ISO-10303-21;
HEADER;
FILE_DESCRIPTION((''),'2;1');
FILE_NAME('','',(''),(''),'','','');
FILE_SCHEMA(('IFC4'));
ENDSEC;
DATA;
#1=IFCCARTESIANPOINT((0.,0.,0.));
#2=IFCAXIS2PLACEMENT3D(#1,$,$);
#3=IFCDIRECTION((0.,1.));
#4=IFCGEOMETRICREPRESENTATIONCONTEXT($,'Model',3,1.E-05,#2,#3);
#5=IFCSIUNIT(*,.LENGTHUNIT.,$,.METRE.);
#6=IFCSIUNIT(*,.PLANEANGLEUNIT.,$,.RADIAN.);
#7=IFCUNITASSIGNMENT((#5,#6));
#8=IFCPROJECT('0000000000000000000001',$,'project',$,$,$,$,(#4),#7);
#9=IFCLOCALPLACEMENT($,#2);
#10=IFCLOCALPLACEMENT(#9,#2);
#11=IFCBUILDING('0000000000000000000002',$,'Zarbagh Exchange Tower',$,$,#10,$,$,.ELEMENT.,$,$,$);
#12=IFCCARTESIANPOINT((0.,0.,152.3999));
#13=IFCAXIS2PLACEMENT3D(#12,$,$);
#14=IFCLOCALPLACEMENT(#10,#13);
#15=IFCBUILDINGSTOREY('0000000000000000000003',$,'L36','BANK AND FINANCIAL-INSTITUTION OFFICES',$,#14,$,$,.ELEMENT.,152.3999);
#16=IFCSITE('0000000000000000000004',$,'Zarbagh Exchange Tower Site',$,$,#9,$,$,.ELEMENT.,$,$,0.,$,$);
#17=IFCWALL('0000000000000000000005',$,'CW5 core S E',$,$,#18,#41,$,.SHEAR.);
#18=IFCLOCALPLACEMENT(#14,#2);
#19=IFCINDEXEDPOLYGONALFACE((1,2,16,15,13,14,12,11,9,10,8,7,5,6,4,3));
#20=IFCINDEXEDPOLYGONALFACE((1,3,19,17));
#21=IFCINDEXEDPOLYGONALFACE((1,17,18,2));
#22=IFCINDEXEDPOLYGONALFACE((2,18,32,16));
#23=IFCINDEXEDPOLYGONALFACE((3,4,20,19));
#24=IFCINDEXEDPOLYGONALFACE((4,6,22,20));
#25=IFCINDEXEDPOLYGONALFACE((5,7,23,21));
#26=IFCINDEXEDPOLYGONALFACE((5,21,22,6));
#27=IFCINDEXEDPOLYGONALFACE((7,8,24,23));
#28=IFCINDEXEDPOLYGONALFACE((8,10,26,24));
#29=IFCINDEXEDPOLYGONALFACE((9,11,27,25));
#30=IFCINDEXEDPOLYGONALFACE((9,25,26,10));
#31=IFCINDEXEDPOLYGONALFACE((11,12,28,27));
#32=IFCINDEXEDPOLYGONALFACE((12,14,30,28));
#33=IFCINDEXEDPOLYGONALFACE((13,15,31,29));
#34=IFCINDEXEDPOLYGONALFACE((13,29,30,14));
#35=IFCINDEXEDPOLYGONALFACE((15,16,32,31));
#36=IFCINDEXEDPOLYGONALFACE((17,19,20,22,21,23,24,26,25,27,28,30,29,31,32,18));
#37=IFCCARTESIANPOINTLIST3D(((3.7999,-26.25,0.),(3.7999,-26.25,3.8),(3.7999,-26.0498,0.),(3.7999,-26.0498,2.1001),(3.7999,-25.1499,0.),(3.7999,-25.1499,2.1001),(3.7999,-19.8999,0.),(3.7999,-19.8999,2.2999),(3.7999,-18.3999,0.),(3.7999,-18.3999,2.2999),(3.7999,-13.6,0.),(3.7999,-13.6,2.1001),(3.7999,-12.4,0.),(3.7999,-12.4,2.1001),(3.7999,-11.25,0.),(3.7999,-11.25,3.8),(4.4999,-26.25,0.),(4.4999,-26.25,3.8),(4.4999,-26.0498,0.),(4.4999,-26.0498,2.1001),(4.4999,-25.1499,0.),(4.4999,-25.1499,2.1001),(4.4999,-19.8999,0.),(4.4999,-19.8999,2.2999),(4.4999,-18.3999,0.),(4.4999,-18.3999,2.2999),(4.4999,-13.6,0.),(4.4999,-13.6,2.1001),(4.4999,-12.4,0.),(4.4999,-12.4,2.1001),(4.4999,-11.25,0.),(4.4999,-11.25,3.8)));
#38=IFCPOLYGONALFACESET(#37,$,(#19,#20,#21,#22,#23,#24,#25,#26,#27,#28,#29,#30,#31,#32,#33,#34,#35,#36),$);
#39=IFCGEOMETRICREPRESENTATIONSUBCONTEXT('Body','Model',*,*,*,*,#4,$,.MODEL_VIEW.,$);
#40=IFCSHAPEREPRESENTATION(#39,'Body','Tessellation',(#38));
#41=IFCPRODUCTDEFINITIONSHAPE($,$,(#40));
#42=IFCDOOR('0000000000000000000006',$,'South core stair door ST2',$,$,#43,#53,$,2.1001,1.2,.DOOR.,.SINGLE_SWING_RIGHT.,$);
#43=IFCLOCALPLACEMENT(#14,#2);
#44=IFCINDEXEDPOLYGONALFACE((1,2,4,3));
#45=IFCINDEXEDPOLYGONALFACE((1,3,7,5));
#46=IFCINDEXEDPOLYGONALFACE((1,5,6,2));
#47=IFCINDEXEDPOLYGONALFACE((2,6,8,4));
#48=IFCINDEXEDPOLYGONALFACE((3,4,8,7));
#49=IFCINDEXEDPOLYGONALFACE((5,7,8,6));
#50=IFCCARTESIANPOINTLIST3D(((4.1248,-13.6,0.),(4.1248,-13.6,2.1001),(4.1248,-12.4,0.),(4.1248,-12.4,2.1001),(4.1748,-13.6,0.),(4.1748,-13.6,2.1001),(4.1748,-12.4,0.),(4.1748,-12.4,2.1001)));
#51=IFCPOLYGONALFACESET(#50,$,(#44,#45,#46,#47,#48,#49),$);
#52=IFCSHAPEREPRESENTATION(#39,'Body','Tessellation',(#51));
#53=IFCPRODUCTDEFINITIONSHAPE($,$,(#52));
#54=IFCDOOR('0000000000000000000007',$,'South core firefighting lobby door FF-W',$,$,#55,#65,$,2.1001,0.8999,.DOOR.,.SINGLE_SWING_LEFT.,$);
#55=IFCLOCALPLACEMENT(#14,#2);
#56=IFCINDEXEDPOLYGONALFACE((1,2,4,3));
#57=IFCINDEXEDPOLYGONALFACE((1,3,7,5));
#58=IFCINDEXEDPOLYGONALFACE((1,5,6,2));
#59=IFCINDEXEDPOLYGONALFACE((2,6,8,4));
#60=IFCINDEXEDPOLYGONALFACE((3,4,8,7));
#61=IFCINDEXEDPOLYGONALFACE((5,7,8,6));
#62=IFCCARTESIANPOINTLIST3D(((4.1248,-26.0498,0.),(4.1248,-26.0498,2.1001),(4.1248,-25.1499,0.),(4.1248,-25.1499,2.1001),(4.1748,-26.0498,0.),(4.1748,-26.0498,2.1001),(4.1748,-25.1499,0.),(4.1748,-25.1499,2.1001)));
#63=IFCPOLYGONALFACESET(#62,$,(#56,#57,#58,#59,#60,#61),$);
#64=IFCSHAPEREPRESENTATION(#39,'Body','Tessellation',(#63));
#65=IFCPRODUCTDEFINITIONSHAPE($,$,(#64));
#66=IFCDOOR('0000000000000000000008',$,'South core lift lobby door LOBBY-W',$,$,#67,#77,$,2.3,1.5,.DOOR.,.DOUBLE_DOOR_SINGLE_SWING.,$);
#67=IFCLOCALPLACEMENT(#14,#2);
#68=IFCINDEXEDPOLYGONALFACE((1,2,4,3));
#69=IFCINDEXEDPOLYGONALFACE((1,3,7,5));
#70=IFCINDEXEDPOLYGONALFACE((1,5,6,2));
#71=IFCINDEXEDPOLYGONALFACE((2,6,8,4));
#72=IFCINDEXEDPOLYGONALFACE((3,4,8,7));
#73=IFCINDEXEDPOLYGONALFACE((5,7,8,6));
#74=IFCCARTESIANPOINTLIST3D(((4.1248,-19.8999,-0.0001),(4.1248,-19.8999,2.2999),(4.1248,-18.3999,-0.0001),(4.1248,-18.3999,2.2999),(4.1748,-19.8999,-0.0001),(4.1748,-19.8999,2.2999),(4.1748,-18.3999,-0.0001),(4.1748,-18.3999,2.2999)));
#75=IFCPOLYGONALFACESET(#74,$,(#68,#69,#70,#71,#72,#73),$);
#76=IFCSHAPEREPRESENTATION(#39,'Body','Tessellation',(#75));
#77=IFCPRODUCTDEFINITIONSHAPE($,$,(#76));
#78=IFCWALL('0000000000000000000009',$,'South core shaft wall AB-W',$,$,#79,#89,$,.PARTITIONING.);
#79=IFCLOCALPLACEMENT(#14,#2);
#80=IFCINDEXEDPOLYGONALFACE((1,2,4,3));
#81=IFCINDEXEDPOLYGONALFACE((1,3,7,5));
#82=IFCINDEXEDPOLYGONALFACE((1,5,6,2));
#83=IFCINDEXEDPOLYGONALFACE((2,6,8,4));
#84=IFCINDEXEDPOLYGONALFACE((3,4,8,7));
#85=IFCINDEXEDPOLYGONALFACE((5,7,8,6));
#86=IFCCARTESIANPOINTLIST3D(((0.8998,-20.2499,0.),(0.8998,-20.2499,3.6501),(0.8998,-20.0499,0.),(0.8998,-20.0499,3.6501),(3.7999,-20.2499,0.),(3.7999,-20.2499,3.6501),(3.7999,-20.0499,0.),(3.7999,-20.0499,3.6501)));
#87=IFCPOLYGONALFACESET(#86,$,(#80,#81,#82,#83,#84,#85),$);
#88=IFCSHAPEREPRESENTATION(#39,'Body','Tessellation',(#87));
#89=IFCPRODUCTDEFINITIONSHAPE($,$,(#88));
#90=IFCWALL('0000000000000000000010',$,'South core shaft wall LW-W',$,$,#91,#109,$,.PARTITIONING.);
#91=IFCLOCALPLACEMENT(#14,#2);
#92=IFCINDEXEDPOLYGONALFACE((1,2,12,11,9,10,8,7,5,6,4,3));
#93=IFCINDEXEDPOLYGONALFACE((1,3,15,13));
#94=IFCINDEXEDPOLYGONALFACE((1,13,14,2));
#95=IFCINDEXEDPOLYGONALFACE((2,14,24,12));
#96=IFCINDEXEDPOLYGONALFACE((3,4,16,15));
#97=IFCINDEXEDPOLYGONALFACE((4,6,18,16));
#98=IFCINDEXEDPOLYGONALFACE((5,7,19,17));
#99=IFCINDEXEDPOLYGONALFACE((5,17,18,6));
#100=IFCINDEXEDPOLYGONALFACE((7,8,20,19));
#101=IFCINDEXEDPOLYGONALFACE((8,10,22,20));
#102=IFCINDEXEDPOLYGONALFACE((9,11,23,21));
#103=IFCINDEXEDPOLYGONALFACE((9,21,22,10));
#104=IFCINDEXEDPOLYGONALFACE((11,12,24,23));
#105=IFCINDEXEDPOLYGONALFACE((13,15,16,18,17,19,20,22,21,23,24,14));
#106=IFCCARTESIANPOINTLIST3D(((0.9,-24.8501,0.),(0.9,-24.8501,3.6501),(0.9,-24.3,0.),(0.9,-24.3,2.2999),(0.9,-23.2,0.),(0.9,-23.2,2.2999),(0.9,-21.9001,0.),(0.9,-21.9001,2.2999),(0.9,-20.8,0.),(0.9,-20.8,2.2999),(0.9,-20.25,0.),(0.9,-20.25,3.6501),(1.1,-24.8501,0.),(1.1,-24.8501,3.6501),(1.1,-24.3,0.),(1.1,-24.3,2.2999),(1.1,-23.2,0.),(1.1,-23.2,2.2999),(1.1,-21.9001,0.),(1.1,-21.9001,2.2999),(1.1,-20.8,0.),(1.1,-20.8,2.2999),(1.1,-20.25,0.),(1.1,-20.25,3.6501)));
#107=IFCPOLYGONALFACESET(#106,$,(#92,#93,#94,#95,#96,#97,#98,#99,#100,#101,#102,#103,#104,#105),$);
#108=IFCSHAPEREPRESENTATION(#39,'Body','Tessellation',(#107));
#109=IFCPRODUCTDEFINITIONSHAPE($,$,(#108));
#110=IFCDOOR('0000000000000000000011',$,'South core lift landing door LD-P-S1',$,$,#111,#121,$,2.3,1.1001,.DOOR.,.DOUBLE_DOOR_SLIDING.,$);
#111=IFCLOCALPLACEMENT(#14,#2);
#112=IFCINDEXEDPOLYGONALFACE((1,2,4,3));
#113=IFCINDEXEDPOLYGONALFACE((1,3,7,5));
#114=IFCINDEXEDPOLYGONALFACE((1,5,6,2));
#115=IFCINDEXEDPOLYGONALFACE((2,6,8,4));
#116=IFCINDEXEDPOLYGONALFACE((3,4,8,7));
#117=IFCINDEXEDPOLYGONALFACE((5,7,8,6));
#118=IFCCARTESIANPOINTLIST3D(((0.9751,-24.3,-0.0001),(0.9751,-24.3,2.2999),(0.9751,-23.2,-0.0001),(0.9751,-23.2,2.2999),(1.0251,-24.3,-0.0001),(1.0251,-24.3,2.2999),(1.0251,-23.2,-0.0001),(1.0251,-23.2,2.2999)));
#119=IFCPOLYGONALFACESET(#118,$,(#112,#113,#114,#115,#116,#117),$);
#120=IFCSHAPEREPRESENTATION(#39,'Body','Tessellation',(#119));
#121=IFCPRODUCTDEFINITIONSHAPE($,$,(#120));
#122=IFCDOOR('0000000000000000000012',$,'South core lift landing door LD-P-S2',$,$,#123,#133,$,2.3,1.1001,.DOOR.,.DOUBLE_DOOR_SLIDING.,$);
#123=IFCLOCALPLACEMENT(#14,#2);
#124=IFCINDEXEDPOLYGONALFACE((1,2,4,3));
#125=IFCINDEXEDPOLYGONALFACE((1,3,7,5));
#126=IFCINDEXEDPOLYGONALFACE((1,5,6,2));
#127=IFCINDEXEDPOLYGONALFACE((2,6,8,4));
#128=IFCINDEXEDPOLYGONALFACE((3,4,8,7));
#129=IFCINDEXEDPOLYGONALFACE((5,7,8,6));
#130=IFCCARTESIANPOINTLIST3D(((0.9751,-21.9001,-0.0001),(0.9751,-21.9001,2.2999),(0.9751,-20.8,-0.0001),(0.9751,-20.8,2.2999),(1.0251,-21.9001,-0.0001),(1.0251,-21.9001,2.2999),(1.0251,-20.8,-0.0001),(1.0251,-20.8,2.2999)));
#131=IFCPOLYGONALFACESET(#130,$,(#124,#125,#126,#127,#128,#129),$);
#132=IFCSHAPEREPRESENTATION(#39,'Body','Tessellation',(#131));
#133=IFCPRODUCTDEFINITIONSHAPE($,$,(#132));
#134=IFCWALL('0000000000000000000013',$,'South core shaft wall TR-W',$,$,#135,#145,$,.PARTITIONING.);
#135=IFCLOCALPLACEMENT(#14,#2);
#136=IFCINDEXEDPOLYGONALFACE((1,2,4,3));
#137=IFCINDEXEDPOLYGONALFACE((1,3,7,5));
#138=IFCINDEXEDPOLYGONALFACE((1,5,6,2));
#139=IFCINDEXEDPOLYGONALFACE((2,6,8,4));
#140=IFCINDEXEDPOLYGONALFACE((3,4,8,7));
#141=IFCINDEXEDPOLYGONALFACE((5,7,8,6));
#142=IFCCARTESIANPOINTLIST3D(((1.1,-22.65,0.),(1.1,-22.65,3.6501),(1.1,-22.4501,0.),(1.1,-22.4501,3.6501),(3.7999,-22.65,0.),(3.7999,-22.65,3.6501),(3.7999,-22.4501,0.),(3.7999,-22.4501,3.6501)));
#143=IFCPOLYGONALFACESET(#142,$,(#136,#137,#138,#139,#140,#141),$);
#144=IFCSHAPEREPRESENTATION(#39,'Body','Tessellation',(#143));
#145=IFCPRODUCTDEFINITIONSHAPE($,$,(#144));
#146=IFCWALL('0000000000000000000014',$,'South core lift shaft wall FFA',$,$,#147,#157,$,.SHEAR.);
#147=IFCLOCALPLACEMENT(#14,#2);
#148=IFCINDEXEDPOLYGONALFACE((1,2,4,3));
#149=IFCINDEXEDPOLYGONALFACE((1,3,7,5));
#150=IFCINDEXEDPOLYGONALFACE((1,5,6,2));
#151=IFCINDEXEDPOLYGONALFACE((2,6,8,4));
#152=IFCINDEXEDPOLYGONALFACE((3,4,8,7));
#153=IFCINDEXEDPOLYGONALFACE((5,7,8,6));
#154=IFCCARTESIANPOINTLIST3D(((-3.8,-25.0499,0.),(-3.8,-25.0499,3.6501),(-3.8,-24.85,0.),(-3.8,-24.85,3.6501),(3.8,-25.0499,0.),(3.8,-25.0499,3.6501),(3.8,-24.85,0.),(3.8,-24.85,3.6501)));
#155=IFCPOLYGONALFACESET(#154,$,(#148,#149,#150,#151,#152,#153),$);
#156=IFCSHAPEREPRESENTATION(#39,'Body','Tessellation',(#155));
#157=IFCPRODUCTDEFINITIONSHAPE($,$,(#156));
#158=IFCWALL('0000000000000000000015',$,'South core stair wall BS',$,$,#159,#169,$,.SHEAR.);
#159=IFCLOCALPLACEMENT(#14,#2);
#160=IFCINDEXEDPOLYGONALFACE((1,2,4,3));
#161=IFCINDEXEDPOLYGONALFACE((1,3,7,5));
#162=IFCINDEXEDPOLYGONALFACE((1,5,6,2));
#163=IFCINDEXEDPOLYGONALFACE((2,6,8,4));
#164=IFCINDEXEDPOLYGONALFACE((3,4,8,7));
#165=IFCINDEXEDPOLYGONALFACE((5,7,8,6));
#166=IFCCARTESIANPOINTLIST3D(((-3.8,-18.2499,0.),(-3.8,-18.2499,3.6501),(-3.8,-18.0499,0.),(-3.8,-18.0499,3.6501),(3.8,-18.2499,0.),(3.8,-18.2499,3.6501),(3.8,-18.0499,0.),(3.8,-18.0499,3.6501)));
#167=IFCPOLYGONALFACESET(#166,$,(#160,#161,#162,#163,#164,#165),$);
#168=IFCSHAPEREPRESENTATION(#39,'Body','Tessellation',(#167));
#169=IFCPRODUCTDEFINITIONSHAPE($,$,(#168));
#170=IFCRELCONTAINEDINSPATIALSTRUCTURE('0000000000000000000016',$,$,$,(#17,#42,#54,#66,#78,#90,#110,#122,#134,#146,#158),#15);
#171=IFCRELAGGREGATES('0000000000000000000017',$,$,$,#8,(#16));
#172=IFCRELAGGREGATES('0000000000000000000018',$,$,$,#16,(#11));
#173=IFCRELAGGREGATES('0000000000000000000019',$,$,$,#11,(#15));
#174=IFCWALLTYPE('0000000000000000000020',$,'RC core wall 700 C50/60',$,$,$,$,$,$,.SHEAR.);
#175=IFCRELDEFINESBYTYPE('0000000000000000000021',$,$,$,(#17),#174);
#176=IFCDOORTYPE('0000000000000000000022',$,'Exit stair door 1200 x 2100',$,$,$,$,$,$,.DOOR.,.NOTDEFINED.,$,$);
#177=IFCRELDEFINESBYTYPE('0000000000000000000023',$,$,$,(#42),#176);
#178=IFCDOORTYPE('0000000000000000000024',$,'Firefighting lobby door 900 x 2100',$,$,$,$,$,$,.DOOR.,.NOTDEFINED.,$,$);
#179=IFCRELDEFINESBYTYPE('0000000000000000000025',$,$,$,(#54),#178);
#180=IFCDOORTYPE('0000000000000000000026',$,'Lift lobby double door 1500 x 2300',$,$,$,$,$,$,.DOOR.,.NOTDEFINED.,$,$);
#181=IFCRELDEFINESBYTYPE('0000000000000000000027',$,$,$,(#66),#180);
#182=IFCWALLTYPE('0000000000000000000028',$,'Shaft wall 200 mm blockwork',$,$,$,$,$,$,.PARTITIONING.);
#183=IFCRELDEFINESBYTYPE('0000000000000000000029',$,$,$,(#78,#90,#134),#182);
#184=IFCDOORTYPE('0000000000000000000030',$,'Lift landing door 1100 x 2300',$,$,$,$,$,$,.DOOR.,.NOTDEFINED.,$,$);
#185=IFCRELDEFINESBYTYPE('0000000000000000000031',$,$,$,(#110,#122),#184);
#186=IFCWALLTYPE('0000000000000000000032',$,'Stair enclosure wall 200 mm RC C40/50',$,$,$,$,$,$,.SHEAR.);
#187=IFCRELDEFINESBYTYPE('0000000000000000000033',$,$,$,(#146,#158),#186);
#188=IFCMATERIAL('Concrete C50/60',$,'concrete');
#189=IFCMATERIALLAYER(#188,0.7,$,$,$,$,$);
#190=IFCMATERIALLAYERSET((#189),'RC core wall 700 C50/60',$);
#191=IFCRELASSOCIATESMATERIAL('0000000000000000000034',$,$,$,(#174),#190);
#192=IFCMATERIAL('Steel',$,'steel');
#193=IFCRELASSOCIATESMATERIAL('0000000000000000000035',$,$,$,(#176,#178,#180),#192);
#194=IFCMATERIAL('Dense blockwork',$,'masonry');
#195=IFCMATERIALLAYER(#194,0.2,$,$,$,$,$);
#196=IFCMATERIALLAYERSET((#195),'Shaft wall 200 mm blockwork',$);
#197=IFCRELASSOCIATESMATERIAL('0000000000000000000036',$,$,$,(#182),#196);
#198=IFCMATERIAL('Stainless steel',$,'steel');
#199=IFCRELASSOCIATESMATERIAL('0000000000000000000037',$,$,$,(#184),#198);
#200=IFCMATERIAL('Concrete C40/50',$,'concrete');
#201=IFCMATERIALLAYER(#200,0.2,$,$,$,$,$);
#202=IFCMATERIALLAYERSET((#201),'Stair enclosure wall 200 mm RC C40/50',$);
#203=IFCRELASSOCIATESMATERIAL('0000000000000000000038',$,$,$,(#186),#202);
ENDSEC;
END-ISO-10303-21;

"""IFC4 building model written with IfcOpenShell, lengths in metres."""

from ifc_helpers import new_model, si_unit, direction, frame, frame_2d, origin, place, context, subcontext, project, spatial, rectangle, extrude, material, layer, layer_set, type_object, element, fill, save


model = new_model("IFC4")

# Units and contexts
model_context = context("Model", 3, precision=1e-05, world=origin(), true_north=direction((0.0, 1.0)))
body_context = subcontext(model_context, "Body", "Model", "MODEL_VIEW")
ifc_project = project(units=[si_unit("LENGTHUNIT", "METRE"), si_unit("PLANEANGLEUNIT", "RADIAN")], contexts=[model_context])

# Site, building, storey
site_placement = place(None, origin())
site = spatial("IfcSite", under=ifc_project, at=site_placement, Name="Zarbagh Exchange Tower Site", CompositionType="ELEMENT", RefElevation=0.0)
building_placement = place(site_placement, origin())
building = spatial("IfcBuilding", under=site, at=building_placement, Name="Zarbagh Exchange Tower", CompositionType="ELEMENT")
storey_placement = place(building_placement, frame((0.0, 0.0, 152.3999)))
storey = spatial("IfcBuildingStorey", under=building, at=storey_placement, Name="L36", Description="BANK AND FINANCIAL-INSTITUTION OFFICES", CompositionType="ELEMENT", Elevation=152.3999)

# Shared definitions
ifc_material_1 = material(Name="Concrete C50/60", Category="concrete")

# Wall, openings, doors
ifc_layer_1 = layer(ifc_material_1, 0.7)
ifc_layer_set_1 = layer_set([ifc_layer_1], Name="RC core wall 700 C50/60")
wall_type_1 = type_object("IfcWallType", Name="RC core wall 700 C50/60", PredefinedType="SHEAR", material=ifc_layer_set_1)
wall_1_placement = place(storey_placement, frame((4.1499, -11.25, 0.0), z_axis=(0.0, 0.0, 1.0), x_axis=(0.0, -1.0, 0.0)))
wall_1 = element("IfcWall", 1, at=wall_1_placement, inside=storey, type_object=wall_type_1, Name="CW5 core S E", PredefinedType="SHEAR", context=body_context, shape_type="SweptSolid", body=[
    extrude(rectangle(XDim=15.0, YDim=0.7, at=frame_2d((7.5, 0.0))), origin(), (0.0, 0.0, 1.0), 3.8),
])
opening_1_placement = place(wall_1_placement, frame((7.1499, 0.0, 0.0)))
opening_1 = element("IfcOpeningElement", 2, at=opening_1_placement, cuts=wall_1, PredefinedType="OPENING", context=body_context, shape_type="SweptSolid", body=[
    extrude(rectangle(XDim=1.5, YDim=2.3, at=frame_2d((0.75, 1.1499))), frame((0.0, 0.3599, 0.0), z_axis=(0.0, -1.0, 0.0), x_axis=(1.0, 0.0, 0.0)), (0.0, 0.0, 1.0), 0.72),
])
opening_2_placement = place(wall_1_placement, frame((13.8999, 0.0, 0.0)))
opening_2 = element("IfcOpeningElement", 3, at=opening_2_placement, cuts=wall_1, PredefinedType="OPENING", context=body_context, shape_type="SweptSolid", body=[
    extrude(rectangle(XDim=0.8999, YDim=2.1001, at=frame_2d((0.45, 1.05))), frame((0.0, 0.3599, 0.0), z_axis=(0.0, -1.0, 0.0), x_axis=(1.0, 0.0, 0.0)), (0.0, 0.0, 1.0), 0.72),
])
opening_3_placement = place(wall_1_placement, frame((1.1499, 0.0, 0.0)))
opening_3 = element("IfcOpeningElement", 4, at=opening_3_placement, cuts=wall_1, PredefinedType="OPENING", context=body_context, shape_type="SweptSolid", body=[
    extrude(rectangle(XDim=1.2, YDim=2.1001, at=frame_2d((0.6001, 1.05))), frame((0.0, 0.3599, 0.0), z_axis=(0.0, -1.0, 0.0), x_axis=(1.0, 0.0, 0.0)), (0.0, 0.0, 1.0), 0.72),
])
ifc_material_2 = material(Name="Steel", Category="steel")
door_type_1 = type_object("IfcDoorType", Name="Exit stair door 1200 x 2100", OperationType="NOTDEFINED", PredefinedType="DOOR", material=ifc_material_2)
door_1_placement = place(opening_3_placement, origin())
door_1 = element("IfcDoor", 5, at=door_1_placement, inside=storey, type_object=door_type_1, Name="South core stair door ST2", OperationType="SINGLE_SWING_RIGHT", OverallHeight=2.1001, OverallWidth=1.2, PredefinedType="DOOR", context=body_context, shape_type="SweptSolid", body=[
    extrude(rectangle(XDim=1.2, YDim=2.1001, at=frame_2d((0.6001, 1.05))), frame((0.0, 0.0249, 0.0), z_axis=(0.0, -1.0, 0.0), x_axis=(1.0, 0.0, 0.0)), (0.0, 0.0, 1.0), 0.05),
])
fill(opening_3, door_1)
door_type_2 = type_object("IfcDoorType", Name="Firefighting lobby door 900 x 2100", OperationType="NOTDEFINED", PredefinedType="DOOR", material=ifc_material_2)
door_2_placement = place(opening_2_placement, origin())
door_2 = element("IfcDoor", 6, at=door_2_placement, inside=storey, type_object=door_type_2, Name="South core firefighting lobby door FF-W", OperationType="SINGLE_SWING_LEFT", OverallHeight=2.1001, OverallWidth=0.8999, PredefinedType="DOOR", context=body_context, shape_type="SweptSolid", body=[
    extrude(rectangle(XDim=0.8999, YDim=2.1001, at=frame_2d((0.45, 1.05))), frame((0.0, 0.0249, 0.0), z_axis=(0.0, -1.0, 0.0), x_axis=(1.0, 0.0, 0.0)), (0.0, 0.0, 1.0), 0.05),
])
fill(opening_2, door_2)
door_type_3 = type_object("IfcDoorType", Name="Lift lobby double door 1500 x 2300", OperationType="NOTDEFINED", PredefinedType="DOOR", material=ifc_material_2)
door_3_placement = place(opening_1_placement, origin())
door_3 = element("IfcDoor", 7, at=door_3_placement, inside=storey, type_object=door_type_3, Name="South core lift lobby door LOBBY-W", OperationType="DOUBLE_DOOR_SINGLE_SWING", OverallHeight=2.3, OverallWidth=1.5, PredefinedType="DOOR", context=body_context, shape_type="SweptSolid", body=[
    extrude(rectangle(XDim=1.5, YDim=2.3, at=frame_2d((0.75, 1.1499))), frame((0.0, 0.0249, 0.0), z_axis=(0.0, -1.0, 0.0), x_axis=(1.0, 0.0, 0.0)), (0.0, 0.0, 1.0), 0.05),
])
fill(opening_1, door_3)

# Wall
ifc_material_3 = material(Name="Dense blockwork", Category="masonry")
ifc_layer_2 = layer(ifc_material_3, 0.2)
ifc_layer_set_2 = layer_set([ifc_layer_2], Name="Shaft wall 200 mm blockwork")
wall_type_2 = type_object("IfcWallType", Name="Shaft wall 200 mm blockwork", PredefinedType="PARTITIONING", material=ifc_layer_set_2)
wall_2_placement = place(storey_placement, frame((3.8, -20.1499, 0.0), z_axis=(0.0, 0.0, 1.0), x_axis=(-1.0, 0.0, 0.0)))
element("IfcWall", 8, at=wall_2_placement, inside=storey, type_object=wall_type_2, Name="South core shaft wall AB-W", PredefinedType="PARTITIONING", context=body_context, shape_type="SweptSolid", body=[
    extrude(rectangle(XDim=2.9001, YDim=0.2, at=frame_2d((1.4502, 0.0))), origin(), (0.0, 0.0, 1.0), 3.6501),
])

# Wall, openings, doors
wall_3_placement = place(storey_placement, frame((1.0, -24.8501, 0.0), z_axis=(0.0, 0.0, 1.0), x_axis=(0.0, 1.0, 0.0)))
wall_3 = element("IfcWall", 9, at=wall_3_placement, inside=storey, type_object=wall_type_2, Name="South core shaft wall LW-W", PredefinedType="PARTITIONING", context=body_context, shape_type="SweptSolid", body=[
    extrude(rectangle(XDim=4.6001, YDim=0.2, at=frame_2d((2.3, 0.0))), origin(), (0.0, 0.0, 1.0), 3.6501),
])
opening_4_placement = place(wall_3_placement, frame((0.55, 0.0, 0.0)))
opening_4 = element("IfcOpeningElement", 10, at=opening_4_placement, cuts=wall_3, PredefinedType="OPENING", context=body_context, shape_type="SweptSolid", body=[
    extrude(rectangle(XDim=1.1001, YDim=2.3, at=frame_2d((0.55, 1.1499))), frame((0.0, 0.1099, 0.0), z_axis=(0.0, -1.0, 0.0), x_axis=(1.0, 0.0, 0.0)), (0.0, 0.0, 1.0), 0.22),
])
opening_5_placement = place(wall_3_placement, frame((2.95, 0.0, 0.0)))
opening_5 = element("IfcOpeningElement", 11, at=opening_5_placement, cuts=wall_3, PredefinedType="OPENING", context=body_context, shape_type="SweptSolid", body=[
    extrude(rectangle(XDim=1.1001, YDim=2.3, at=frame_2d((0.55, 1.1499))), frame((0.0, 0.1099, 0.0), z_axis=(0.0, -1.0, 0.0), x_axis=(1.0, 0.0, 0.0)), (0.0, 0.0, 1.0), 0.22),
])
ifc_material_4 = material(Name="Stainless steel", Category="steel")
door_type_4 = type_object("IfcDoorType", Name="Lift landing door 1100 x 2300", OperationType="NOTDEFINED", PredefinedType="DOOR", material=ifc_material_4)
door_4_placement = place(opening_4_placement, origin())
door_4 = element("IfcDoor", 12, at=door_4_placement, inside=storey, type_object=door_type_4, Name="South core lift landing door LD-P-S1", OperationType="DOUBLE_DOOR_SLIDING", OverallHeight=2.3, OverallWidth=1.1001, PredefinedType="DOOR", context=body_context, shape_type="SweptSolid", body=[
    extrude(rectangle(XDim=1.1001, YDim=2.3, at=frame_2d((0.55, 1.1499))), frame((0.0, 0.0249, 0.0), z_axis=(0.0, -1.0, 0.0), x_axis=(1.0, 0.0, 0.0)), (0.0, 0.0, 1.0), 0.05),
])
fill(opening_4, door_4)
door_5_placement = place(opening_5_placement, origin())
door_5 = element("IfcDoor", 13, at=door_5_placement, inside=storey, type_object=door_type_4, Name="South core lift landing door LD-P-S2", OperationType="DOUBLE_DOOR_SLIDING", OverallHeight=2.3, OverallWidth=1.1001, PredefinedType="DOOR", context=body_context, shape_type="SweptSolid", body=[
    extrude(rectangle(XDim=1.1001, YDim=2.3, at=frame_2d((0.55, 1.1499))), frame((0.0, 0.0249, 0.0), z_axis=(0.0, -1.0, 0.0), x_axis=(1.0, 0.0, 0.0)), (0.0, 0.0, 1.0), 0.05),
])
fill(opening_5, door_5)

# Walls
wall_4_placement = place(storey_placement, frame((3.8, -22.55, 0.0), z_axis=(0.0, 0.0, 1.0), x_axis=(-1.0, 0.0, 0.0)))
element("IfcWall", 14, at=wall_4_placement, inside=storey, type_object=wall_type_2, Name="South core shaft wall TR-W", PredefinedType="PARTITIONING", context=body_context, shape_type="SweptSolid", body=[
    extrude(rectangle(XDim=2.7, YDim=0.2, at=frame_2d((1.3501, 0.0))), origin(), (0.0, 0.0, 1.0), 3.6501),
])
ifc_material_5 = material(Name="Concrete C40/50", Category="concrete")
ifc_layer_3 = layer(ifc_material_5, 0.2)
ifc_layer_set_3 = layer_set([ifc_layer_3], Name="Stair enclosure wall 200 mm RC C40/50")
wall_type_3 = type_object("IfcWallType", Name="Stair enclosure wall 200 mm RC C40/50", PredefinedType="SHEAR", material=ifc_layer_set_3)
for number, where, z_axis, x_axis, name in (
    (15, (3.8, -24.95, 0.0), (0.0, 0.0, 1.0), (-1.0, 0.0, 0.0), "South core lift shaft wall FFA"),
    (16, (3.8, -18.1499, 0.0), (0.0, 0.0, 1.0), (-1.0, 0.0, 0.0), "South core stair wall BS"),
):
    element("IfcWall", number, at=place(storey_placement, frame(where, z_axis=z_axis, x_axis=x_axis)), inside=storey, type_object=wall_type_3, Name=name, PredefinedType="SHEAR", context=body_context, shape_type="SweptSolid", body=[
        extrude(rectangle(XDim=7.6001, YDim=0.2, at=frame_2d((3.8, 0.0))), origin(), (0.0, 0.0, 1.0), 3.6501),
    ])

save(model, "model.ifc")
